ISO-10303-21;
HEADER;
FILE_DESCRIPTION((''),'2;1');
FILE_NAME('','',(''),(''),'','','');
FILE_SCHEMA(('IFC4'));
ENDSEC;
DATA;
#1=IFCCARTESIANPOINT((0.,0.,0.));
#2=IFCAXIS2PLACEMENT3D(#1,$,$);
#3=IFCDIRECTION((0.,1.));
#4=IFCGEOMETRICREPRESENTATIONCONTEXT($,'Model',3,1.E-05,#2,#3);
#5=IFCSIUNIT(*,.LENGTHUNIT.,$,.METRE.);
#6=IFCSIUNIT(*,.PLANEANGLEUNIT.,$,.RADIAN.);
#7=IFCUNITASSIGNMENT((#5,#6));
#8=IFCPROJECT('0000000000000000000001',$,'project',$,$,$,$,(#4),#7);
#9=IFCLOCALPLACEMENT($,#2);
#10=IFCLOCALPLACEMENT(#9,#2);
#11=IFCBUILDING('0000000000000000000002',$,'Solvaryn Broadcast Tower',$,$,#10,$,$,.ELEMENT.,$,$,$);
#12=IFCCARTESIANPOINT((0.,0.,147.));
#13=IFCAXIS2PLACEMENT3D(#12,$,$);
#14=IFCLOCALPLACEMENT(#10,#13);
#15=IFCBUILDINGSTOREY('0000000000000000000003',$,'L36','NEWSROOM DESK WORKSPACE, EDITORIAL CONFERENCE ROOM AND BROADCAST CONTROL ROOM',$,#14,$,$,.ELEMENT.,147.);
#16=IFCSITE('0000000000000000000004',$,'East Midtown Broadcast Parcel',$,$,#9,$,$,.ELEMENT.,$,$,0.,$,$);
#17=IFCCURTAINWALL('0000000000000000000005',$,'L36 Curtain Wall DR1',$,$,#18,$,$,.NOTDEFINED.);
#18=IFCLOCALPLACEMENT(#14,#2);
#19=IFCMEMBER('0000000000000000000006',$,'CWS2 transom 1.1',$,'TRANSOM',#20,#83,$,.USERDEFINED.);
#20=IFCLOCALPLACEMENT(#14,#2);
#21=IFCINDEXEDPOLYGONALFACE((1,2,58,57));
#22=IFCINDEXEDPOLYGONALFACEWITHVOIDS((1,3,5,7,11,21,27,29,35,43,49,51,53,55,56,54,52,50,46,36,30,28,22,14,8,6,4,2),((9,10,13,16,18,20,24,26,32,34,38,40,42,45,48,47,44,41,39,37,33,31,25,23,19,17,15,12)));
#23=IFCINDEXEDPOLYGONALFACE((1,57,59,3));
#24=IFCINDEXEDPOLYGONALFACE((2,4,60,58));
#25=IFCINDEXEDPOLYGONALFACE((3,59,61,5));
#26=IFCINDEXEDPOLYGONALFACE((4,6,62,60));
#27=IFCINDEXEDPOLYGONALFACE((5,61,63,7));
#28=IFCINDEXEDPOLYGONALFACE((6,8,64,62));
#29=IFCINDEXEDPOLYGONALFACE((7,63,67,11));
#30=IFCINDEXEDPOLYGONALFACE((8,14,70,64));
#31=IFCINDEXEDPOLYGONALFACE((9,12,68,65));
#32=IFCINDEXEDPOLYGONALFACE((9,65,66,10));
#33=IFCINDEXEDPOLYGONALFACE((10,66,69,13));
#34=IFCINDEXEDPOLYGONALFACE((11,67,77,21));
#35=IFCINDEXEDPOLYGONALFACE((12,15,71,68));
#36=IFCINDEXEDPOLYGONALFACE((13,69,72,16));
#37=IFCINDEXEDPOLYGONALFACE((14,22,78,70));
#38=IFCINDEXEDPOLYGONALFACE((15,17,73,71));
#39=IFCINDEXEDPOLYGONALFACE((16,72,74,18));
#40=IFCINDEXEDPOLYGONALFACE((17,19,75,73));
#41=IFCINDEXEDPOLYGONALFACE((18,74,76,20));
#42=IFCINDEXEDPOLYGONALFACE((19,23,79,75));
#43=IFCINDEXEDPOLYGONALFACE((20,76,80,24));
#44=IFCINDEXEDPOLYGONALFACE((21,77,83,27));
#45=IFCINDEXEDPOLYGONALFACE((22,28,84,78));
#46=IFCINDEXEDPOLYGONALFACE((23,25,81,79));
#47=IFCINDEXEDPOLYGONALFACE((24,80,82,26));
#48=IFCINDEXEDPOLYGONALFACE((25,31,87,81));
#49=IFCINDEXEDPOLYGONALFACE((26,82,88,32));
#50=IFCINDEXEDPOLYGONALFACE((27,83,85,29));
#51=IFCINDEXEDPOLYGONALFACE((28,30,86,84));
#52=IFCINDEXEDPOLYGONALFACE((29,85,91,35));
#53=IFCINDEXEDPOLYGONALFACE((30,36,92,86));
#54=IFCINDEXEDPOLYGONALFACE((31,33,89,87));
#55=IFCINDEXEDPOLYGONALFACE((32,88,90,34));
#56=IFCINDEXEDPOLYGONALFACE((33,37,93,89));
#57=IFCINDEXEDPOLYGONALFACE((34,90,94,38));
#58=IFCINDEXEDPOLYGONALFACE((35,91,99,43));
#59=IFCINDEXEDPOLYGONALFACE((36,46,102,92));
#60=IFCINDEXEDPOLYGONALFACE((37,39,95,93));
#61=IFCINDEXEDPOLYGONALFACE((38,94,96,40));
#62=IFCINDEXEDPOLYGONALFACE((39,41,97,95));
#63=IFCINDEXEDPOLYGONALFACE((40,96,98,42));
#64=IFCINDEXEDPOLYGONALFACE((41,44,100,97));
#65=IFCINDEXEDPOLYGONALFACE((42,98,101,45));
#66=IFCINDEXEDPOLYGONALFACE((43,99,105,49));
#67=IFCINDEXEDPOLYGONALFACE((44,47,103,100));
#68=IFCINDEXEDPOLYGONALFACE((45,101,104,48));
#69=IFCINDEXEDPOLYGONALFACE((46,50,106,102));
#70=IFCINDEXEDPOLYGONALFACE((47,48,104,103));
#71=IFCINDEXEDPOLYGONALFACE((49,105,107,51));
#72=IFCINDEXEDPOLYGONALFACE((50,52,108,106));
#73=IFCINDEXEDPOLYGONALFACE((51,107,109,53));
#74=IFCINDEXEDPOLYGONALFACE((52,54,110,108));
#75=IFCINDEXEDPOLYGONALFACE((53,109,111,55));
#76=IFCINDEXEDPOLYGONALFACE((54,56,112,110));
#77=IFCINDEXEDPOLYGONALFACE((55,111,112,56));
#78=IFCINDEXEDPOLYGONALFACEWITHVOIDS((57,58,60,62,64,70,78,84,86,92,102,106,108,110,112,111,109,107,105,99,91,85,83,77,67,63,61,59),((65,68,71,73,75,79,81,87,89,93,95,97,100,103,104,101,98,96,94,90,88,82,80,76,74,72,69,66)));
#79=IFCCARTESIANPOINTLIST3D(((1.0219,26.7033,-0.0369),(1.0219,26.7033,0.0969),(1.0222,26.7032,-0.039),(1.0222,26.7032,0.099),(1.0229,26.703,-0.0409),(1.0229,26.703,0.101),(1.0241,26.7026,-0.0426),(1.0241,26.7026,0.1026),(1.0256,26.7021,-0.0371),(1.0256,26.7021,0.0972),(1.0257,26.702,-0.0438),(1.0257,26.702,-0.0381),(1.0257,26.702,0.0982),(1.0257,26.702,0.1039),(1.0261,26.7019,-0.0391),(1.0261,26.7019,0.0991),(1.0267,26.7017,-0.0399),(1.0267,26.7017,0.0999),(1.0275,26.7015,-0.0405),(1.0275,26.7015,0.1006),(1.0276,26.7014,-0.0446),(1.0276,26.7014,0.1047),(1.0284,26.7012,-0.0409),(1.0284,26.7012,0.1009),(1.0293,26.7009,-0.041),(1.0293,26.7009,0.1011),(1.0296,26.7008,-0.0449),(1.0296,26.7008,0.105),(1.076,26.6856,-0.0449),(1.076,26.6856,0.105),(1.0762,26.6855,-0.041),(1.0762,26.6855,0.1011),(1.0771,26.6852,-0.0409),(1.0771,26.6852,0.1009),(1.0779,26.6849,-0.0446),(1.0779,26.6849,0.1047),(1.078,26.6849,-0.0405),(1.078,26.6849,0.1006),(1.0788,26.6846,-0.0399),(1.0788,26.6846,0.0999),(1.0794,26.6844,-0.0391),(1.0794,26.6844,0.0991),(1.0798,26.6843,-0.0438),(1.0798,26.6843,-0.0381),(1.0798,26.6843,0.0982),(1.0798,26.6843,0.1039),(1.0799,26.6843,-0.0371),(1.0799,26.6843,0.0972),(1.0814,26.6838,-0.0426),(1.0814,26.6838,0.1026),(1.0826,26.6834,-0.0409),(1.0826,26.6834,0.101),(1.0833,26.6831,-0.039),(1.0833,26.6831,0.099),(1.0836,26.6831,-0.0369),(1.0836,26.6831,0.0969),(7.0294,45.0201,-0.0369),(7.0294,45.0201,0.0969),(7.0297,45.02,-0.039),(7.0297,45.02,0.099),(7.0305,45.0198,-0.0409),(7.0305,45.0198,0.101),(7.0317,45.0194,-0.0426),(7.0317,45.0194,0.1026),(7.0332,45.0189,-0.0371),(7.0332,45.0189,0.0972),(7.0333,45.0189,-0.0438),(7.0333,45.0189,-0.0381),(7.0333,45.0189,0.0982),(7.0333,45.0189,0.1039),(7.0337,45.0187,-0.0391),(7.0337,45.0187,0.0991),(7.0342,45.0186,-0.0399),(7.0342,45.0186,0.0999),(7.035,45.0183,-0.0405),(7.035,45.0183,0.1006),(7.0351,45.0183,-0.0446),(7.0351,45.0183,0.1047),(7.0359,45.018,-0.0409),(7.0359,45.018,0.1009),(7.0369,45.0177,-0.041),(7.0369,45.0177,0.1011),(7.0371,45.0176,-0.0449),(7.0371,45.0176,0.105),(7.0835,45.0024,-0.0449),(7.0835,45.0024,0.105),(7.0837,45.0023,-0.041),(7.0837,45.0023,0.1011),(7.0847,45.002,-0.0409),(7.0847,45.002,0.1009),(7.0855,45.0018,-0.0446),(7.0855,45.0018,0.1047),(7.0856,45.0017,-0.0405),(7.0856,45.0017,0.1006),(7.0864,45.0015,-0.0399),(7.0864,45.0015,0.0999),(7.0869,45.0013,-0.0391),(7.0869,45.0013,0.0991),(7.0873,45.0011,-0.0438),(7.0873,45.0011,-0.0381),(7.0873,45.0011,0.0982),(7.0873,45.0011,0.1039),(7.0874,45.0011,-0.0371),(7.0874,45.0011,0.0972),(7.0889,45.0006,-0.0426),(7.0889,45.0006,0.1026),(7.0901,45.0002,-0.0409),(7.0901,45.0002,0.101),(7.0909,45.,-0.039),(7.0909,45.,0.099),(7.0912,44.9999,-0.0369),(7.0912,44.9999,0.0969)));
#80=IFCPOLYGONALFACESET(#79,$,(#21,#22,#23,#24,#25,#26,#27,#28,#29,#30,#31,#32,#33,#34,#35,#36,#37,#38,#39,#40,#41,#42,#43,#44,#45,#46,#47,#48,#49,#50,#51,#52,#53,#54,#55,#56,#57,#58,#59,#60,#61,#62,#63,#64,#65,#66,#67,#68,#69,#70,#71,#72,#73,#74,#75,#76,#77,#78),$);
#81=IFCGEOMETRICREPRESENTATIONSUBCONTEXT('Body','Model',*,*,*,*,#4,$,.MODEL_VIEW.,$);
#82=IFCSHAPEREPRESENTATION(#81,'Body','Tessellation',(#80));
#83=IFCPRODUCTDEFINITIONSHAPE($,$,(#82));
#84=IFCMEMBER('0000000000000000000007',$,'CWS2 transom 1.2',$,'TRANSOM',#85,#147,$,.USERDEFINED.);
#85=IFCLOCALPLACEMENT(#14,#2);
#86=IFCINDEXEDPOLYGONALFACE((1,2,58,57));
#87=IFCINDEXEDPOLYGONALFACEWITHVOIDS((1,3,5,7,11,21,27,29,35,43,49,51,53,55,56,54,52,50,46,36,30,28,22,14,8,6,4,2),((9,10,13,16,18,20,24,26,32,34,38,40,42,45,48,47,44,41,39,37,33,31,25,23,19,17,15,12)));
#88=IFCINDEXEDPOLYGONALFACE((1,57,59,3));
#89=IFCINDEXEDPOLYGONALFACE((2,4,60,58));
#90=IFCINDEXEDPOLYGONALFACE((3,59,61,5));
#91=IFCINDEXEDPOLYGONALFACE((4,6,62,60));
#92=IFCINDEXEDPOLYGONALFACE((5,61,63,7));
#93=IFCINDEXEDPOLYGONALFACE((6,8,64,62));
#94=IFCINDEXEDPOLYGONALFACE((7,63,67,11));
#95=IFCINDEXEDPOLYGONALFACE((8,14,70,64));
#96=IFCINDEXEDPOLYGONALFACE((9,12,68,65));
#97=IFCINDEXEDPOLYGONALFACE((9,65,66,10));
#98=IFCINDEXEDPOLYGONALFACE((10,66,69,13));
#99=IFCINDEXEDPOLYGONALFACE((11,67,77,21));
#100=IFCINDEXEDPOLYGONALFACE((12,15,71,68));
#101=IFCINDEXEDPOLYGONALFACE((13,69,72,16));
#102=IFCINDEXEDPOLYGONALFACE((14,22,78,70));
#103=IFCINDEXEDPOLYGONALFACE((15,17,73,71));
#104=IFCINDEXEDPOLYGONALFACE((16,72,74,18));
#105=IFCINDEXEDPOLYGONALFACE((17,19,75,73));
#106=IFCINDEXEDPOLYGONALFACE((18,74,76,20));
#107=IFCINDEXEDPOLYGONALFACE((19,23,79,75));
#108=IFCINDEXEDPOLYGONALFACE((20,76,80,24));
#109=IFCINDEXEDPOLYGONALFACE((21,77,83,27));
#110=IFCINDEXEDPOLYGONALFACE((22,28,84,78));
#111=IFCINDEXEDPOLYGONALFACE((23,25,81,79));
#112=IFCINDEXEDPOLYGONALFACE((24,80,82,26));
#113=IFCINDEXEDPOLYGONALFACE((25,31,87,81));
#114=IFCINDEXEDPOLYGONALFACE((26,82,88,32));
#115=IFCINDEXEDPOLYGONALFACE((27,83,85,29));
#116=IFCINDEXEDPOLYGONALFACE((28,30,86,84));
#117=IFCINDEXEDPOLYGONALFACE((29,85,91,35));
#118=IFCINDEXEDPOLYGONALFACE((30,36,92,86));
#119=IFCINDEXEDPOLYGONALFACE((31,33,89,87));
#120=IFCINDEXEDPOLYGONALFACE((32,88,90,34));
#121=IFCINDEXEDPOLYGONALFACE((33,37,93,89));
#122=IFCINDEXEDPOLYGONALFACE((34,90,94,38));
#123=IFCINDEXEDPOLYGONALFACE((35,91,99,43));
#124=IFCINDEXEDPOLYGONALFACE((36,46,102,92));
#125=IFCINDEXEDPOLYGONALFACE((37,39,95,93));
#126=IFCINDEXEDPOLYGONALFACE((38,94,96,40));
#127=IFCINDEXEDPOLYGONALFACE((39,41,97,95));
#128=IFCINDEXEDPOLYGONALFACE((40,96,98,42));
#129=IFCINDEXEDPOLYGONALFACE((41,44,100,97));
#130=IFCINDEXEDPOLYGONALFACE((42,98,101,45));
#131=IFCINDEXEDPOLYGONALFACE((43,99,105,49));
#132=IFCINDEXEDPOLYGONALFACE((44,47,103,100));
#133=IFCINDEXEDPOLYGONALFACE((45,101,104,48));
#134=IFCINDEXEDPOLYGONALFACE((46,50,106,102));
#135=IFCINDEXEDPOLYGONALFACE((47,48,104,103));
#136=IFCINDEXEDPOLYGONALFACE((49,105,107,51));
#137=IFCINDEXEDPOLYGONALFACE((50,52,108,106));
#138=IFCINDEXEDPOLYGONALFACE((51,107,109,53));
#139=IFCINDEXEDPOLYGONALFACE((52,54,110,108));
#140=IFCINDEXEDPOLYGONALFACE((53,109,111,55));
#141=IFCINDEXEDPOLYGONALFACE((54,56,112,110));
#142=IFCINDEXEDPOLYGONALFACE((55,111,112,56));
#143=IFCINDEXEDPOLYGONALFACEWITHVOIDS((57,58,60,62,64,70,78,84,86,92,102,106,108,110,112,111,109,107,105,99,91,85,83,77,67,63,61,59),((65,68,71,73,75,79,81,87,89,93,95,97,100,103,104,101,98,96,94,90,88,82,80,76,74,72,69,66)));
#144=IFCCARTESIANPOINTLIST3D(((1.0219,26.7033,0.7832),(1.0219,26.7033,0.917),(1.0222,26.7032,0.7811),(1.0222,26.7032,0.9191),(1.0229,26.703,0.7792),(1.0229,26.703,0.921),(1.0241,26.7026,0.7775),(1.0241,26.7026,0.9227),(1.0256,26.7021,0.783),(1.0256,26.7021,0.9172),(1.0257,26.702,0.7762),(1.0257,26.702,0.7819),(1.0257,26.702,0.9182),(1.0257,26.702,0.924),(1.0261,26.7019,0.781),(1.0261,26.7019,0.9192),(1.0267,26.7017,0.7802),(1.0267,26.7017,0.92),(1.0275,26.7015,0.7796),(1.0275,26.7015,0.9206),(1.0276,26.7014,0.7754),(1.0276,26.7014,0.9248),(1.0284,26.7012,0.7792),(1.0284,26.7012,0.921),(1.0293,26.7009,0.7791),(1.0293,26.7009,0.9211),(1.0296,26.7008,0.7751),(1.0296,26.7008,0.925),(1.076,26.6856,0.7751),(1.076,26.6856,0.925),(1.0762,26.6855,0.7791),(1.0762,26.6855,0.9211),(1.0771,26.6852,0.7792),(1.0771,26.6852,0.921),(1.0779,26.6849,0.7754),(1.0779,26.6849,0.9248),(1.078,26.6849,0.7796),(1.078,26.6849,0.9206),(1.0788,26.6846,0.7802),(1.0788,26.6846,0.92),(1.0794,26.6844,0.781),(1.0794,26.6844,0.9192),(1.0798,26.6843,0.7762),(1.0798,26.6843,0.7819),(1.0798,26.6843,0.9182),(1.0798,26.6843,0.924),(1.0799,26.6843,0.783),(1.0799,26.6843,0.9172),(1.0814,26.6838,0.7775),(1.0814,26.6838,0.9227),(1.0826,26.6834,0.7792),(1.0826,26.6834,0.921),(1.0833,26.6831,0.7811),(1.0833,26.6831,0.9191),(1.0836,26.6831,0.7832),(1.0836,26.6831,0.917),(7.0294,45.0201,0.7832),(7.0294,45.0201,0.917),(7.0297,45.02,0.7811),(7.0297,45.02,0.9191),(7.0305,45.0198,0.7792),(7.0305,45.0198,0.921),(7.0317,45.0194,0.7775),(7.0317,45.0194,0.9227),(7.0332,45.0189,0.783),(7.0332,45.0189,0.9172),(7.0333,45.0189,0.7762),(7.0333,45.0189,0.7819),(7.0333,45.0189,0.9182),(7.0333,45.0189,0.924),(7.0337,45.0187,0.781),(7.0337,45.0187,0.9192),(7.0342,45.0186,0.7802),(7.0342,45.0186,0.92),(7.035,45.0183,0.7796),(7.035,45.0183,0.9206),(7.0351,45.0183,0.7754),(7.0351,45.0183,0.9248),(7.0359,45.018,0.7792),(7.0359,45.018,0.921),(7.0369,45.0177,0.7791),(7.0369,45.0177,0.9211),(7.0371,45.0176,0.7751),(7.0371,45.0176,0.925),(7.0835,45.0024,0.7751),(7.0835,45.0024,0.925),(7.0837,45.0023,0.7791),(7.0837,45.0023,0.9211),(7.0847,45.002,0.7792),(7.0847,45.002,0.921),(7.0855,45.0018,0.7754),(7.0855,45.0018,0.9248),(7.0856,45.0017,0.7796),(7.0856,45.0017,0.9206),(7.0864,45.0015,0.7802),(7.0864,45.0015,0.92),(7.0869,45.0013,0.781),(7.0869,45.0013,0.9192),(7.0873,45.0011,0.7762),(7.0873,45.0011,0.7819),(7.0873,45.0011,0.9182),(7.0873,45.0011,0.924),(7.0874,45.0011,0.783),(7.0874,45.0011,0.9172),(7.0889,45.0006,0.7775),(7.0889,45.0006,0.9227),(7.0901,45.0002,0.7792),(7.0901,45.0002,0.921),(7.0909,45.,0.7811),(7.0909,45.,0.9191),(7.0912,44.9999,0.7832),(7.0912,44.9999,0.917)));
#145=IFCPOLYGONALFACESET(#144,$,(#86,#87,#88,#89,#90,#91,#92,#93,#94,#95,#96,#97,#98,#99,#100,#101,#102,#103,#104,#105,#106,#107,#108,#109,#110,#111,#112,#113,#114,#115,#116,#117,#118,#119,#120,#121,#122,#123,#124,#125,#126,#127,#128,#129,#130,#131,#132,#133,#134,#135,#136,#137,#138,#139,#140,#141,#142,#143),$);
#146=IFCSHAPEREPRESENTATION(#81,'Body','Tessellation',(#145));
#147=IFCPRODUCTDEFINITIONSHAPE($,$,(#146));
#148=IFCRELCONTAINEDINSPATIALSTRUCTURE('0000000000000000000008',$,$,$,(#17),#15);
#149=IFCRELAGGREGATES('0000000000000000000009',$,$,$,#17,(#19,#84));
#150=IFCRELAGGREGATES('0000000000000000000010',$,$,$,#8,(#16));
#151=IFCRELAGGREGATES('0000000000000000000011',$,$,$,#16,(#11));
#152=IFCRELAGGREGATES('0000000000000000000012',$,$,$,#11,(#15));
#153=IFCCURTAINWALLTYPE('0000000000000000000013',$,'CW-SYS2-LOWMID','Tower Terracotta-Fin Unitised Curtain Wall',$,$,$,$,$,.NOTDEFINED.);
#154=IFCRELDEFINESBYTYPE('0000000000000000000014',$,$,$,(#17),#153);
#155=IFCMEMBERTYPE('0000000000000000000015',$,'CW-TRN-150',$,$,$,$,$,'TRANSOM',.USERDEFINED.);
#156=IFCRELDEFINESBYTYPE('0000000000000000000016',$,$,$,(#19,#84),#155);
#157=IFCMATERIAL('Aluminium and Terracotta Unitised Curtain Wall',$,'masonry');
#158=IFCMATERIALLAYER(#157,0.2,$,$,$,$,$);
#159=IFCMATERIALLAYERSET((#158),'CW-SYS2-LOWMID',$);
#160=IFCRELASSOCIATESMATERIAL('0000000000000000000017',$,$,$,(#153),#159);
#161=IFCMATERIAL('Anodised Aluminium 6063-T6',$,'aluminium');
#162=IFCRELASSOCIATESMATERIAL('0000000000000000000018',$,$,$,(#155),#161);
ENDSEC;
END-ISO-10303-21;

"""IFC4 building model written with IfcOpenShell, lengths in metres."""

from ifc_helpers import new_model, si_unit, direction, frame, origin, origin_2d, place, context, subcontext, project, spatial, hollow_rectangle, extrude, material, layer, layer_set, material_profile, profile_set, type_object, element, aggregate, save


model = new_model("IFC4")

# Units and contexts
model_context = context("Model", 3, precision=1e-05, world=origin(), true_north=direction((0.0, 1.0)))
body_context = subcontext(model_context, "Body", "Model", "MODEL_VIEW")
ifc_project = project(units=[si_unit("LENGTHUNIT", "METRE"), si_unit("PLANEANGLEUNIT", "RADIAN")], contexts=[model_context])

# Site, building, storey
site_placement = place(None, origin())
site = spatial("IfcSite", under=ifc_project, at=site_placement, Name="East Midtown Broadcast Parcel", CompositionType="ELEMENT", RefElevation=0.0)
building_placement = place(site_placement, origin())
building = spatial("IfcBuilding", under=site, at=building_placement, Name="Solvaryn Broadcast Tower", CompositionType="ELEMENT")
storey_placement = place(building_placement, frame((0.0, 0.0, 147.0)))
storey = spatial("IfcBuildingStorey", under=building, at=storey_placement, Name="L36", Description="NEWSROOM DESK WORKSPACE, EDITORIAL CONFERENCE ROOM AND BROADCAST CONTROL ROOM", CompositionType="ELEMENT", Elevation=147.0)

# Curtain wall
ifc_material_1 = material(Name="Aluminium and Terracotta Unitised Curtain Wall", Category="masonry")
ifc_layer_1 = layer(ifc_material_1, 0.2)
ifc_layer_set_1 = layer_set([ifc_layer_1], Name="CW-SYS2-LOWMID")
curtain_wall_type = type_object("IfcCurtainWallType", Name="CW-SYS2-LOWMID", Description="Tower Terracotta-Fin Unitised Curtain Wall", PredefinedType="NOTDEFINED", material=ifc_layer_set_1)
curtain_wall_1_placement = place(storey_placement, origin())
curtain_wall_1 = element("IfcCurtainWall", 1, at=curtain_wall_1_placement, inside=storey, type_object=curtain_wall_type, Name="L36 Curtain Wall DR1", PredefinedType="NOTDEFINED")

# Members
ifc_material_2 = material(Name="Anodised Aluminium 6063-T6", Category="aluminium")
ifc_material_profile_1 = material_profile(ifc_material_2, hollow_rectangle(XDim=0.0649, YDim=0.1499, WallThickness=0.0039, InnerFilletRadius=0.0039, OuterFilletRadius=0.0081, at=origin_2d()))
ifc_profile_set_1 = profile_set([ifc_material_profile_1], Name="Anodised Aluminium 6063-T6")
member_type_1 = type_object("IfcMemberType", Name="CW-TRN-150", ElementType="TRANSOM", PredefinedType="USERDEFINED", material=ifc_profile_set_1)
member_1_placement = place(storey_placement, frame((7.0603, 45.01, 0.03), z_axis=(-0.311646, -0.950198, 0.0), x_axis=(0.950198, -0.311646, 0.0)))
member_1 = element("IfcMember", 2, at=member_1_placement, type_object=member_type_1, Name="CWS2 transom 1.1", ObjectType="TRANSOM", PredefinedType="USERDEFINED", context=body_context, shape_type="SweptSolid", body=[
    extrude(hollow_rectangle(XDim=0.0649, YDim=0.1499, WallThickness=0.0039, InnerFilletRadius=0.0039, OuterFilletRadius=0.0081, at=origin_2d()), origin(), (0.0, 0.0, 1.0), 19.2769),
])
member_2_placement = place(storey_placement, frame((7.0603, 45.01, 0.8501), z_axis=(-0.311646, -0.950198, 0.0), x_axis=(0.950198, -0.311646, 0.0)))
member_2 = element("IfcMember", 3, at=member_2_placement, type_object=member_type_1, Name="CWS2 transom 1.2", ObjectType="TRANSOM", PredefinedType="USERDEFINED", context=body_context, shape_type="SweptSolid", body=[
    extrude(hollow_rectangle(XDim=0.0649, YDim=0.1499, WallThickness=0.0039, InnerFilletRadius=0.0039, OuterFilletRadius=0.0081, at=origin_2d()), origin(), (0.0, 0.0, 1.0), 19.2769),
])
aggregate(curtain_wall_1, [member_1, member_2])

save(model, "model.ifc")
